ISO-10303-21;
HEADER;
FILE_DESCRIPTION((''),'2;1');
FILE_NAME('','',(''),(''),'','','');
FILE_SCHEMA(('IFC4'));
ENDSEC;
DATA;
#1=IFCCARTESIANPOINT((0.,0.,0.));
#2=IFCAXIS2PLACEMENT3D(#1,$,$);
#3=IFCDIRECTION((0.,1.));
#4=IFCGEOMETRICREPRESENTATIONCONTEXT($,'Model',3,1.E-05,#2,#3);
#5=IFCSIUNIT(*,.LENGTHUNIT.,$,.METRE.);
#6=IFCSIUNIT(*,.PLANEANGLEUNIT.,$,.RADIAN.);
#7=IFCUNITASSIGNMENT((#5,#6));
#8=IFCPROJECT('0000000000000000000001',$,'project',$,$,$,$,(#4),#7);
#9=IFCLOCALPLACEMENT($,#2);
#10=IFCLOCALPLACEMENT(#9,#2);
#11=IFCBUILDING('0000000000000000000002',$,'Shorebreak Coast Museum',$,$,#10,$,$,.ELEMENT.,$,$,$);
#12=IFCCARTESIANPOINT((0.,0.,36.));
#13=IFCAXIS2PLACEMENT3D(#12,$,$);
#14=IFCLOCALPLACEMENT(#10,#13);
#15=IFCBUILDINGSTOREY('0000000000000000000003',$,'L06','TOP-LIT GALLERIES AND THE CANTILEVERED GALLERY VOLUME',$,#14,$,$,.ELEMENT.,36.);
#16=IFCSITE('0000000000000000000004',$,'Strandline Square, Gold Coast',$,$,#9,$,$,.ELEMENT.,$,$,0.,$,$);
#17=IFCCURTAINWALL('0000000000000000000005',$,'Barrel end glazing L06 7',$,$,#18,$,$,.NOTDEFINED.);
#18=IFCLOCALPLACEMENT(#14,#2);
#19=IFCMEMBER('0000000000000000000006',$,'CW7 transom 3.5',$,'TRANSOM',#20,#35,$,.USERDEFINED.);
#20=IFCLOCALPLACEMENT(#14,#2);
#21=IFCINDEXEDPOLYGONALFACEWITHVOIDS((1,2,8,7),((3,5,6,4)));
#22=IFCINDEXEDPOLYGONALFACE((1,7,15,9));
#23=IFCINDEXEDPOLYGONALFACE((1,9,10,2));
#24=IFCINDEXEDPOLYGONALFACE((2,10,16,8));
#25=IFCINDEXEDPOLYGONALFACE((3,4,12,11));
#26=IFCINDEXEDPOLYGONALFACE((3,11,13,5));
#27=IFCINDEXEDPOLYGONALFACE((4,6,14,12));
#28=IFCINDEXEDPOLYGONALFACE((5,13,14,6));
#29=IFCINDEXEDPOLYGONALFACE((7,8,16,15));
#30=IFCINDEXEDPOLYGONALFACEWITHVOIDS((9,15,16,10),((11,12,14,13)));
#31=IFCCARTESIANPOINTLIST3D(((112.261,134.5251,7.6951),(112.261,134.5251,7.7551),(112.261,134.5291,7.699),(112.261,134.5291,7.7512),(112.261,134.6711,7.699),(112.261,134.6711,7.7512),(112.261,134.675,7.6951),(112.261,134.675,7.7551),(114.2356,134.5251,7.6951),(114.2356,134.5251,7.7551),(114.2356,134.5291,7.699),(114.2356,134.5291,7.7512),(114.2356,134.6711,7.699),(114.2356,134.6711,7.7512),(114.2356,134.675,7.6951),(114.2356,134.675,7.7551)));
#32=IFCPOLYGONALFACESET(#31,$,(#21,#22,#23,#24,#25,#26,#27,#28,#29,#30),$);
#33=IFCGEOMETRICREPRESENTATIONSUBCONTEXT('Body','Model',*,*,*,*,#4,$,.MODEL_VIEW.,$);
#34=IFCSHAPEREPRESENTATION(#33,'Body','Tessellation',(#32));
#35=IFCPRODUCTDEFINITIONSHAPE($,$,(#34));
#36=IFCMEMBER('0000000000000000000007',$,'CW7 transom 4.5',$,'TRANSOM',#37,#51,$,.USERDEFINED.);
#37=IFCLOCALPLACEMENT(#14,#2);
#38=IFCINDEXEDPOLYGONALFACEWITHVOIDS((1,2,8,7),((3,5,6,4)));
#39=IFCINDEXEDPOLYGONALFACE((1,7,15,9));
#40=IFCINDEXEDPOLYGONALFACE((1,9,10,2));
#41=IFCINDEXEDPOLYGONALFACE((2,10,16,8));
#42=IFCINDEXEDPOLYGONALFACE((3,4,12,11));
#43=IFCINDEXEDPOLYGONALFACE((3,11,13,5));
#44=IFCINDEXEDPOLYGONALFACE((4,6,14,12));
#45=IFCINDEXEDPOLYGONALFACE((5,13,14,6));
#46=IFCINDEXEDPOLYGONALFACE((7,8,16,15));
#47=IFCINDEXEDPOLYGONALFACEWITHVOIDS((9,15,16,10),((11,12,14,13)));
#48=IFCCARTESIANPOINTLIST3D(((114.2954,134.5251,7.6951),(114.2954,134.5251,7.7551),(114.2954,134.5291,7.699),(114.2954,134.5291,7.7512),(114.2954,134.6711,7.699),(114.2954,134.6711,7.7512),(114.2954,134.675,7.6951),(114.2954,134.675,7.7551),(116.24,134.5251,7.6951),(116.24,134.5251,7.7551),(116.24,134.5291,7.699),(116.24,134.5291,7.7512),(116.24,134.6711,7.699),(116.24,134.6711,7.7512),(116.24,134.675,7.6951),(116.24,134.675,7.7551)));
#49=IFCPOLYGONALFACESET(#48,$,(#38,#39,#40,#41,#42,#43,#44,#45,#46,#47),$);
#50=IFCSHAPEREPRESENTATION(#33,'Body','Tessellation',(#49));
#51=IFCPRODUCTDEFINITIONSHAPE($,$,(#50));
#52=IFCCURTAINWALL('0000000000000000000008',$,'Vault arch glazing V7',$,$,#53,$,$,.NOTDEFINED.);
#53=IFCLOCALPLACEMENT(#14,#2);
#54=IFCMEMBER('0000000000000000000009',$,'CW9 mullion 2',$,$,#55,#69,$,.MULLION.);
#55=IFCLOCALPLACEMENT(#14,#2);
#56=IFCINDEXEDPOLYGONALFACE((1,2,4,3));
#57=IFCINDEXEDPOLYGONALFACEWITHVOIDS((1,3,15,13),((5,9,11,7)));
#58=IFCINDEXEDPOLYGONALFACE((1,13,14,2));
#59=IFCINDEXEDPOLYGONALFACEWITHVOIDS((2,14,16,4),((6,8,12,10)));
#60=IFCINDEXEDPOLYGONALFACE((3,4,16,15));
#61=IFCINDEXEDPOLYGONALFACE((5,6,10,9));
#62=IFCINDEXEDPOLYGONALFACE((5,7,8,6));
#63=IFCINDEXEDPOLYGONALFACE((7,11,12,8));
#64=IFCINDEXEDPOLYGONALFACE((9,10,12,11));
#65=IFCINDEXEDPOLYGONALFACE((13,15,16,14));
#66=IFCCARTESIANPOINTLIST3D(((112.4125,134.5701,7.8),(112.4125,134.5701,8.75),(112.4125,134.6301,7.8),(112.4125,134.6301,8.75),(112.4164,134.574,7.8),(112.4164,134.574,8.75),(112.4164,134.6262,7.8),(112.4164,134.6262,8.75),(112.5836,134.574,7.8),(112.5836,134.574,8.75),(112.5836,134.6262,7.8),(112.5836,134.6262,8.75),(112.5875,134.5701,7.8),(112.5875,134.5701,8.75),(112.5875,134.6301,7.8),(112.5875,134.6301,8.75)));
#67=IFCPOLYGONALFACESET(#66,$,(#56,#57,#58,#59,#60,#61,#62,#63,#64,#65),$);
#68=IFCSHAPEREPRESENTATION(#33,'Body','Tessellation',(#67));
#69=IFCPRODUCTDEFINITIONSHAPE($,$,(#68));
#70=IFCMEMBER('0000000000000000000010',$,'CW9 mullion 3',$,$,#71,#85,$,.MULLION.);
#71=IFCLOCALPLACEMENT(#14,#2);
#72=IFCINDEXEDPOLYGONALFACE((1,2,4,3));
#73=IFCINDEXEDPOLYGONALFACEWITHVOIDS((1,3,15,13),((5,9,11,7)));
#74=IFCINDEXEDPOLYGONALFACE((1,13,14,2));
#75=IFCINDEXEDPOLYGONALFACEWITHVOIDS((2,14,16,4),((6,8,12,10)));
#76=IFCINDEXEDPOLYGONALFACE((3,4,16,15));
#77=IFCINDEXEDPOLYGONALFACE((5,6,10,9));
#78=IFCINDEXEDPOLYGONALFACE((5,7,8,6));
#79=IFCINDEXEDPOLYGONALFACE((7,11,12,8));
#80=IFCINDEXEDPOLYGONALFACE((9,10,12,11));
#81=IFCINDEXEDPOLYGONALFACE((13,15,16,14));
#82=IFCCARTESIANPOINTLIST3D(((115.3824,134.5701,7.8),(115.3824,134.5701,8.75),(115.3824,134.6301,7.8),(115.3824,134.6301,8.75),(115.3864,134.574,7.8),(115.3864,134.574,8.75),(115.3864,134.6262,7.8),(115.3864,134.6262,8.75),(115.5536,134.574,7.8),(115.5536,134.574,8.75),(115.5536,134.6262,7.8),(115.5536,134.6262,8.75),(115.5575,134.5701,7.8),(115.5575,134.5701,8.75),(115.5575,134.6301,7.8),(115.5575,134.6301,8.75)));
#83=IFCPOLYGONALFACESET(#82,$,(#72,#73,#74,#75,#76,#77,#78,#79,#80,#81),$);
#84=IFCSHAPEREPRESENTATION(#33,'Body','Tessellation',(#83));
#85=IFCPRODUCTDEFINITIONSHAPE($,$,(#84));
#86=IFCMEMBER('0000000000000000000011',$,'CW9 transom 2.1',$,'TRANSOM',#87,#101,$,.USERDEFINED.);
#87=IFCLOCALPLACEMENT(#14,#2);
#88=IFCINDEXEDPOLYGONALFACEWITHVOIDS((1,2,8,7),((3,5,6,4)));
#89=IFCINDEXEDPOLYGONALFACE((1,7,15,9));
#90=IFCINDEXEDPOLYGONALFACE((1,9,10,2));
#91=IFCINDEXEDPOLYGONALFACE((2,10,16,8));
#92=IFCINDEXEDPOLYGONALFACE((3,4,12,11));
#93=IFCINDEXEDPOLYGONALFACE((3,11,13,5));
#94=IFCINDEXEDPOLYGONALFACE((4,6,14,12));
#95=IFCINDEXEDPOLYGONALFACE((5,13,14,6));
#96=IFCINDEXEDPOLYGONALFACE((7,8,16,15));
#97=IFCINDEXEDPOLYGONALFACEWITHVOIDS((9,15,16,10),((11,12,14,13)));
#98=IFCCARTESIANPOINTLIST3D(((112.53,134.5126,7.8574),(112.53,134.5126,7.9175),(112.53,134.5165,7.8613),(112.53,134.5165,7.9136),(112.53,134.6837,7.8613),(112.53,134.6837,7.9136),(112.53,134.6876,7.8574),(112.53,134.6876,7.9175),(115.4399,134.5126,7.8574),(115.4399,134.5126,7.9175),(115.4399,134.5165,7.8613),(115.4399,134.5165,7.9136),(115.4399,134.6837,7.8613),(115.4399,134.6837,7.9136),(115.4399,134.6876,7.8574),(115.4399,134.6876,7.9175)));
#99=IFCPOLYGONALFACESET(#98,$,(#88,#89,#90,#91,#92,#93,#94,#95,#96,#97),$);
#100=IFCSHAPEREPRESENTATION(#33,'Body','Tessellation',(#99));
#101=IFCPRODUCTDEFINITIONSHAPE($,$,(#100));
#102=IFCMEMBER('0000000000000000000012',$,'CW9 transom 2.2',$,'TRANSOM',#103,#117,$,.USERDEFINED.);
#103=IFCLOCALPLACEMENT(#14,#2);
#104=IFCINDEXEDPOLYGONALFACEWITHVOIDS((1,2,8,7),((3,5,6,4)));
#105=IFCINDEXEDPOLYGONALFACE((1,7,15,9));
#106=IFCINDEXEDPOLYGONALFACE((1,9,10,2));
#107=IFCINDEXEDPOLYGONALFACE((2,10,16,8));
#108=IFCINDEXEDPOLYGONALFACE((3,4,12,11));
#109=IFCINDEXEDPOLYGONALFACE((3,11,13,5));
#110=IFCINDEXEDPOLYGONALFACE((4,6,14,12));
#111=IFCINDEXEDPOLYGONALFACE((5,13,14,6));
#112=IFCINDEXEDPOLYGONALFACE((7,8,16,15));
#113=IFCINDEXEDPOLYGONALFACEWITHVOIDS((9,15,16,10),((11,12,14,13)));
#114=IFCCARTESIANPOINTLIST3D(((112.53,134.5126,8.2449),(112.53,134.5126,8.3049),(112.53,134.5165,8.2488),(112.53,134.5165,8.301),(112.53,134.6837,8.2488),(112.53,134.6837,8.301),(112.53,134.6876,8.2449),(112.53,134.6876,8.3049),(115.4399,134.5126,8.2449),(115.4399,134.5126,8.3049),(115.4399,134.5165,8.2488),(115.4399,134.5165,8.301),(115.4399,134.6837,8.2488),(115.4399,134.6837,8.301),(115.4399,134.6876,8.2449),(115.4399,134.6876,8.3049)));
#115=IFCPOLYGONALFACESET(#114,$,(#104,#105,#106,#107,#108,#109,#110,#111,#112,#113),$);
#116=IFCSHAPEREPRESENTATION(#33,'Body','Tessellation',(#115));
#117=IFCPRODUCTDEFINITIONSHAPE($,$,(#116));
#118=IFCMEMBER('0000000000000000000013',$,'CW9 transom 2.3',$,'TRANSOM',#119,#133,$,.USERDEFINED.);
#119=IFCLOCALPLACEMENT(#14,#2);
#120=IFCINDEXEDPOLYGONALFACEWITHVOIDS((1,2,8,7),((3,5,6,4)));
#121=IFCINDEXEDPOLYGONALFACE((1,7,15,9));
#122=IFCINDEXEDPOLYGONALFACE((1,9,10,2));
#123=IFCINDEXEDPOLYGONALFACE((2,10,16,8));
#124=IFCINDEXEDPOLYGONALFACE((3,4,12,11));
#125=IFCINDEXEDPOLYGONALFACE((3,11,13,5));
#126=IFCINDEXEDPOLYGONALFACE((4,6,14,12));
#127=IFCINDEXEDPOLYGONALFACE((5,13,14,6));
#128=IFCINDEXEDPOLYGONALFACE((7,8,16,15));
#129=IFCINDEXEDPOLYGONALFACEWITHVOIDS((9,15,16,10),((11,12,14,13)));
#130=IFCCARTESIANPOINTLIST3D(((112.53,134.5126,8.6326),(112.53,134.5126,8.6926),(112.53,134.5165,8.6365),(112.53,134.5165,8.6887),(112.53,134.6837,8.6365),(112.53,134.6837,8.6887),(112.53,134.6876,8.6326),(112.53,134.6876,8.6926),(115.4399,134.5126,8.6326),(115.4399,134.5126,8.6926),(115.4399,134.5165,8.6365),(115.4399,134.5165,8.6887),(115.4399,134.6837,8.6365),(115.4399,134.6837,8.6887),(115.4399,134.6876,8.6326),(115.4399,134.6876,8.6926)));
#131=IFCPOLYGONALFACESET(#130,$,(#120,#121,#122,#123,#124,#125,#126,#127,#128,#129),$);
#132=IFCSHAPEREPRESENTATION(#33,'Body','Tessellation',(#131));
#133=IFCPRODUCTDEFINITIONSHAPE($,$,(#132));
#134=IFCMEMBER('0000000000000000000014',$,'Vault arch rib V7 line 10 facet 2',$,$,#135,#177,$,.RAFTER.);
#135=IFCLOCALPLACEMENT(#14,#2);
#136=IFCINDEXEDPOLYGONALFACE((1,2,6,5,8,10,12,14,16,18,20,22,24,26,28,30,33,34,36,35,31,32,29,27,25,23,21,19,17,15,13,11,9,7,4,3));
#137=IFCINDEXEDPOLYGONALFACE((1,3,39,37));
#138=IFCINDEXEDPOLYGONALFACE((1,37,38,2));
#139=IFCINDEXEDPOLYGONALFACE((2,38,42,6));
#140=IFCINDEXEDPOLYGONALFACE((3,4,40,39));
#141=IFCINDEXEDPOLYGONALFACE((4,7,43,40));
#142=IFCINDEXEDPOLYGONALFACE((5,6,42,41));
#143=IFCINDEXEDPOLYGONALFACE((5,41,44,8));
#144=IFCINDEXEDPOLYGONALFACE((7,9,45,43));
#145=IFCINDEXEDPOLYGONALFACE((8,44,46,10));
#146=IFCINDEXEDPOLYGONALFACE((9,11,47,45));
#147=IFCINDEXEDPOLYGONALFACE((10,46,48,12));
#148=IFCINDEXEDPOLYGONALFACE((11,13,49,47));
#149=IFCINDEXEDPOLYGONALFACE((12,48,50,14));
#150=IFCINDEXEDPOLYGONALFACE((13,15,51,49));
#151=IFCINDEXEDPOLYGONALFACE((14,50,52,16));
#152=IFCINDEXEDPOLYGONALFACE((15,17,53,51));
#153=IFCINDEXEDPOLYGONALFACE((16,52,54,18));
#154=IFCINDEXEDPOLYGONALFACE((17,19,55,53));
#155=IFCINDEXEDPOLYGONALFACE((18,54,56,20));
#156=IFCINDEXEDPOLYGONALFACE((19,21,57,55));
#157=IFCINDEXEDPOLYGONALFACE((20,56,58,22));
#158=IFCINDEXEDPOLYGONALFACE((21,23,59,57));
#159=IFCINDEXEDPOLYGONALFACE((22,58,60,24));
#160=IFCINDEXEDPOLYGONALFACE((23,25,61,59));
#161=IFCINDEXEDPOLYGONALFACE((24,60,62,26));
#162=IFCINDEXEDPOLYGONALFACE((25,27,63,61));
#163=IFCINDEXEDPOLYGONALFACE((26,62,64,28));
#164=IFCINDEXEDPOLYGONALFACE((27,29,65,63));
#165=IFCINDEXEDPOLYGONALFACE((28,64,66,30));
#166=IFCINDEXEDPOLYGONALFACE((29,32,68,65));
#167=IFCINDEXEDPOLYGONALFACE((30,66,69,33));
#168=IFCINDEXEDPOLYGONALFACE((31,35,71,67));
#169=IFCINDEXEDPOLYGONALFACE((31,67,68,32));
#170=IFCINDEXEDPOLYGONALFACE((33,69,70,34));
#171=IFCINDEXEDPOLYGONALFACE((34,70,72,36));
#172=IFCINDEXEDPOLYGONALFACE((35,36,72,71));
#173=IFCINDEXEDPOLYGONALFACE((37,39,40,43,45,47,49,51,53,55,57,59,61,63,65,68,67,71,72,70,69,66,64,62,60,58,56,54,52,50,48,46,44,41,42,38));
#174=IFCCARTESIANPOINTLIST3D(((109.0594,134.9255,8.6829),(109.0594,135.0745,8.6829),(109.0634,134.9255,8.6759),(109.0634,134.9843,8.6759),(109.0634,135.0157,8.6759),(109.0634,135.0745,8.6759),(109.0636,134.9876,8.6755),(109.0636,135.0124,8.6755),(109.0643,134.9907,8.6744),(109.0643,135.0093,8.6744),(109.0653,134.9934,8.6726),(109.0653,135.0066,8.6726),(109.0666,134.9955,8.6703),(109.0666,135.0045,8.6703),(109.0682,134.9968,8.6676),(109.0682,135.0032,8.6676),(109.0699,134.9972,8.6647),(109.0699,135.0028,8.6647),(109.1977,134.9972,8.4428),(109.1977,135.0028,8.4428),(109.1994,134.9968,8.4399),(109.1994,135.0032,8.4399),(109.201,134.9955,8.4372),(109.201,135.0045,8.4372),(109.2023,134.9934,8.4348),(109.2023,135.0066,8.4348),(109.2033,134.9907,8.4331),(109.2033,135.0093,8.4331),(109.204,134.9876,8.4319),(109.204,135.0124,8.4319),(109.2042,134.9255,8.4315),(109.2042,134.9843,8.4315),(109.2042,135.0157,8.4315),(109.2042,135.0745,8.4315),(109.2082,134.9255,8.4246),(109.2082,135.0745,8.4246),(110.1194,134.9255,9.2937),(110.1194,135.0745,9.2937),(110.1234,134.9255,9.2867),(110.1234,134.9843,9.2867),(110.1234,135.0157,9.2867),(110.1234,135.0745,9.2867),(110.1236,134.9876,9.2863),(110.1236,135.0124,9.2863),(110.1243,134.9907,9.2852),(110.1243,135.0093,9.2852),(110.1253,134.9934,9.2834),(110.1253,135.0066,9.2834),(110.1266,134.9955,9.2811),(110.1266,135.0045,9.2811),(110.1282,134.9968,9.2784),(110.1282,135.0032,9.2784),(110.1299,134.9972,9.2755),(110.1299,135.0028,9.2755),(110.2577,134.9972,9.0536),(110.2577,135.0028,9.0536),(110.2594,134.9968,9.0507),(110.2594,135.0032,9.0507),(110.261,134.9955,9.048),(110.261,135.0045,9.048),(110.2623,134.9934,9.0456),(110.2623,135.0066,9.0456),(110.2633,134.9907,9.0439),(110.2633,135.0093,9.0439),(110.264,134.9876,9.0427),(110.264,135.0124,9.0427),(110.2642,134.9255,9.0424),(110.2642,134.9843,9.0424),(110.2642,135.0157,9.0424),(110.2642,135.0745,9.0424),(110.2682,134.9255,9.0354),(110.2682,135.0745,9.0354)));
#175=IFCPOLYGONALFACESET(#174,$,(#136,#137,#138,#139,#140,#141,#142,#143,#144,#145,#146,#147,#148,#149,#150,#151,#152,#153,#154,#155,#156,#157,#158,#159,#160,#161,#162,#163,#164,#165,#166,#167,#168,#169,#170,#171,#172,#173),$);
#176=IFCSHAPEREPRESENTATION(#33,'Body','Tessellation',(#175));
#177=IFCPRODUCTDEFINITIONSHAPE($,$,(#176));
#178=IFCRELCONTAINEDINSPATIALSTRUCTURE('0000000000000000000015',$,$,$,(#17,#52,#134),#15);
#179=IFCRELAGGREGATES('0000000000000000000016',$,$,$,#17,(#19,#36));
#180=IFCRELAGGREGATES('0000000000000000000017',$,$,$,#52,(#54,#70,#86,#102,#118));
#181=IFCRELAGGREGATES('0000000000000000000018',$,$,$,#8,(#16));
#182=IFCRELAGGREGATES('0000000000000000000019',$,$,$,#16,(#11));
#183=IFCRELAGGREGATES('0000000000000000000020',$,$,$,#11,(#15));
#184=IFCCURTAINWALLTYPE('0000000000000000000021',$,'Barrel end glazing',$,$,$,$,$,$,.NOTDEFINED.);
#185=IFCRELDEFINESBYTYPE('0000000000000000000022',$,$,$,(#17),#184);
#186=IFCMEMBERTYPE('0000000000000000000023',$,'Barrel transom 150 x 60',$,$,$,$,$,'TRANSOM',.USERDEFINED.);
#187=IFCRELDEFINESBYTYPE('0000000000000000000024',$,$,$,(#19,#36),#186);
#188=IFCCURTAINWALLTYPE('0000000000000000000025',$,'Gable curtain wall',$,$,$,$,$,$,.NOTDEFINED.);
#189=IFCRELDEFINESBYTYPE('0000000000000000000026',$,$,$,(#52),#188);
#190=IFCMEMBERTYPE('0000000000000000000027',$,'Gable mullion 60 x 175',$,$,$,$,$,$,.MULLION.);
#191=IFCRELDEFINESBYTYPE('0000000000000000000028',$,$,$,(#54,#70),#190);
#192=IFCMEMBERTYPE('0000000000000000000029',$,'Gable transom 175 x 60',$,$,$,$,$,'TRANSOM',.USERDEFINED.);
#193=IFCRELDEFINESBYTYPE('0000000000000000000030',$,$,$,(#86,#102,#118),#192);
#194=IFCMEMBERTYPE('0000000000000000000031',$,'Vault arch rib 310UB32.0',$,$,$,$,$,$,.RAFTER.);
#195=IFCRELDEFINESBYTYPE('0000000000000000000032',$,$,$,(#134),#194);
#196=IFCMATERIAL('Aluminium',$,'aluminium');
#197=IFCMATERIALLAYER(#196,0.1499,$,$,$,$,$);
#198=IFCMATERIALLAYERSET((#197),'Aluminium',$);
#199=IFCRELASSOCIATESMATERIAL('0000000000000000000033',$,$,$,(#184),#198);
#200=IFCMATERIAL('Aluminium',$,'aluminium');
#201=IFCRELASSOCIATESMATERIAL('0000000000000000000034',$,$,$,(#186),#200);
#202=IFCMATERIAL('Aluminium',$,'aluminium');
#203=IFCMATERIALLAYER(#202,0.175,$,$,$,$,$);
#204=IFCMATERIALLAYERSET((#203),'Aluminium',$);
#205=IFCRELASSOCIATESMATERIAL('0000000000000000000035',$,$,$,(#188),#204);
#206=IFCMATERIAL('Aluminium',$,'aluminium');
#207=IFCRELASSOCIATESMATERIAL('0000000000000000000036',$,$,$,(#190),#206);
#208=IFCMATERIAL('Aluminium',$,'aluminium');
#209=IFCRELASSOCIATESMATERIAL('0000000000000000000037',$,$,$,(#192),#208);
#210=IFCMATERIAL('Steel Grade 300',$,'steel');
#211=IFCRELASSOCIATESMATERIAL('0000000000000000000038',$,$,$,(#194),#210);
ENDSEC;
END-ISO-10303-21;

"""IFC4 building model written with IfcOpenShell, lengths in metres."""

from ifc_helpers import new_model, si_unit, direction, frame, origin, origin_2d, place, context, subcontext, project, spatial, hollow_rectangle, i_section, extrude, material, layer, layer_set, material_profile, profile_set, type_object, element, aggregate, save


model = new_model("IFC4")

# Units and contexts
model_context = context("Model", 3, precision=1e-05, world=origin(), true_north=direction((0.0, 1.0)))
body_context = subcontext(model_context, "Body", "Model", "MODEL_VIEW")
ifc_project = project(units=[si_unit("LENGTHUNIT", "METRE"), si_unit("PLANEANGLEUNIT", "RADIAN")], contexts=[model_context])

# Site, building, storey
site_placement = place(None, origin())
site = spatial("IfcSite", under=ifc_project, at=site_placement, Name="Strandline Square, Gold Coast", CompositionType="ELEMENT", RefElevation=0.0)
building_placement = place(site_placement, origin())
building = spatial("IfcBuilding", under=site, at=building_placement, Name="Shorebreak Coast Museum", CompositionType="ELEMENT")
storey_placement = place(building_placement, frame((0.0, 0.0, 36.0)))
storey = spatial("IfcBuildingStorey", under=building, at=storey_placement, Name="L06", Description="TOP-LIT GALLERIES AND THE CANTILEVERED GALLERY VOLUME", CompositionType="ELEMENT", Elevation=36.0)

# Curtain walls, members
ifc_material_1 = material(Name="Aluminium", Category="aluminium")
ifc_layer_1 = layer(ifc_material_1, 0.1499)
ifc_layer_set_1 = layer_set([ifc_layer_1], Name="Aluminium")
curtain_wall_type_1 = type_object("IfcCurtainWallType", Name="Barrel end glazing", PredefinedType="NOTDEFINED", material=ifc_layer_set_1)
curtain_wall_1_placement = place(storey_placement, origin())
curtain_wall_1 = element("IfcCurtainWall", 1, at=curtain_wall_1_placement, inside=storey, type_object=curtain_wall_type_1, Name="Barrel end glazing L06 7", PredefinedType="NOTDEFINED")
ifc_material_2 = material(Name="Aluminium", Category="aluminium")
ifc_material_profile_1 = material_profile(ifc_material_2, hollow_rectangle(XDim=0.1499, YDim=0.0601, WallThickness=0.0039, at=origin_2d()), Name="AL 60x150 RHS")
ifc_profile_set_1 = profile_set([ifc_material_profile_1], Name="Aluminium")
member_type_1 = type_object("IfcMemberType", Name="Barrel transom 150 x 60", ElementType="TRANSOM", PredefinedType="USERDEFINED", material=ifc_profile_set_1)
member_1_placement = place(storey_placement, frame((112.261, 134.6001, 7.7251), z_axis=(1.0, 0.0, 0.0), x_axis=(0.0, 1.0, 0.0)))
member_1 = element("IfcMember", 2, at=member_1_placement, type_object=member_type_1, Name="CW7 transom 3.5", ObjectType="TRANSOM", PredefinedType="USERDEFINED", context=body_context, shape_type="SweptSolid", body=[
    extrude(hollow_rectangle(XDim=0.1499, YDim=0.0601, WallThickness=0.0039, at=origin_2d()), origin(), (0.0, 0.0, 1.0), 1.9746),
])
member_2_placement = place(storey_placement, frame((114.2954, 134.6001, 7.7251), z_axis=(1.0, 0.0, 0.0), x_axis=(0.0, 1.0, 0.0)))
member_2 = element("IfcMember", 3, at=member_2_placement, type_object=member_type_1, Name="CW7 transom 4.5", ObjectType="TRANSOM", PredefinedType="USERDEFINED", context=body_context, shape_type="SweptSolid", body=[
    extrude(hollow_rectangle(XDim=0.1499, YDim=0.0601, WallThickness=0.0039, at=origin_2d()), origin(), (0.0, 0.0, 1.0), 1.9446),
])
ifc_material_3 = material(Name="Aluminium", Category="aluminium")
ifc_layer_2 = layer(ifc_material_3, 0.175)
ifc_layer_set_2 = layer_set([ifc_layer_2], Name="Aluminium")
curtain_wall_type_2 = type_object("IfcCurtainWallType", Name="Gable curtain wall", PredefinedType="NOTDEFINED", material=ifc_layer_set_2)
curtain_wall_2_placement = place(storey_placement, origin())
curtain_wall_2 = element("IfcCurtainWall", 4, at=curtain_wall_2_placement, inside=storey, type_object=curtain_wall_type_2, Name="Vault arch glazing V7", PredefinedType="NOTDEFINED")
ifc_material_4 = material(Name="Aluminium", Category="aluminium")
ifc_material_profile_2 = material_profile(ifc_material_4, hollow_rectangle(XDim=0.0601, YDim=0.175, WallThickness=0.0039, at=origin_2d()), Name="AL 175x60 RHS")
ifc_profile_set_2 = profile_set([ifc_material_profile_2], Name="Aluminium")
member_type_2 = type_object("IfcMemberType", Name="Gable mullion 60 x 175", PredefinedType="MULLION", material=ifc_profile_set_2)
member_3_placement = place(storey_placement, frame((112.5, 134.6001, 7.8), z_axis=(0.0, 0.0, 1.0), x_axis=(0.0, 1.0, 0.0)))
member_3 = element("IfcMember", 5, at=member_3_placement, type_object=member_type_2, Name="CW9 mullion 2", PredefinedType="MULLION", context=body_context, shape_type="SweptSolid", body=[
    extrude(hollow_rectangle(XDim=0.0601, YDim=0.175, WallThickness=0.0039, at=origin_2d()), origin(), (0.0, 0.0, 1.0), 0.95),
])
member_4_placement = place(storey_placement, frame((115.47, 134.6001, 7.8), z_axis=(0.0, 0.0, 1.0), x_axis=(0.0, 1.0, 0.0)))
member_4 = element("IfcMember", 6, at=member_4_placement, type_object=member_type_2, Name="CW9 mullion 3", PredefinedType="MULLION", context=body_context, shape_type="SweptSolid", body=[
    extrude(hollow_rectangle(XDim=0.0601, YDim=0.175, WallThickness=0.0039, at=origin_2d()), origin(), (0.0, 0.0, 1.0), 0.95),
])
ifc_material_5 = material(Name="Aluminium", Category="aluminium")
ifc_material_profile_3 = material_profile(ifc_material_5, hollow_rectangle(XDim=0.175, YDim=0.0601, WallThickness=0.0039, at=origin_2d()), Name="AL 60x175 RHS")
ifc_profile_set_3 = profile_set([ifc_material_profile_3], Name="Aluminium")
member_type_3 = type_object("IfcMemberType", Name="Gable transom 175 x 60", ElementType="TRANSOM", PredefinedType="USERDEFINED", material=ifc_profile_set_3)
member_5_placement = place(storey_placement, frame((112.53, 134.6001, 7.8875), z_axis=(1.0, 0.0, 0.0), x_axis=(0.0, 1.0, 0.0)))
member_5 = element("IfcMember", 7, at=member_5_placement, type_object=member_type_3, Name="CW9 transom 2.1", ObjectType="TRANSOM", PredefinedType="USERDEFINED", context=body_context, shape_type="SweptSolid", body=[
    extrude(hollow_rectangle(XDim=0.175, YDim=0.0601, WallThickness=0.0039, at=origin_2d()), origin(), (0.0, 0.0, 1.0), 2.9099),
])
member_6_placement = place(storey_placement, frame((112.53, 134.6001, 8.2749), z_axis=(1.0, 0.0, 0.0), x_axis=(0.0, 1.0, 0.0)))
member_6 = element("IfcMember", 8, at=member_6_placement, type_object=member_type_3, Name="CW9 transom 2.2", ObjectType="TRANSOM", PredefinedType="USERDEFINED", context=body_context, shape_type="SweptSolid", body=[
    extrude(hollow_rectangle(XDim=0.175, YDim=0.0601, WallThickness=0.0039, at=origin_2d()), origin(), (0.0, 0.0, 1.0), 2.9099),
])
member_7_placement = place(storey_placement, frame((112.53, 134.6001, 8.6626), z_axis=(1.0, 0.0, 0.0), x_axis=(0.0, 1.0, 0.0)))
member_7 = element("IfcMember", 9, at=member_7_placement, type_object=member_type_3, Name="CW9 transom 2.3", ObjectType="TRANSOM", PredefinedType="USERDEFINED", context=body_context, shape_type="SweptSolid", body=[
    extrude(hollow_rectangle(XDim=0.175, YDim=0.0601, WallThickness=0.0039, at=origin_2d()), origin(), (0.0, 0.0, 1.0), 2.9099),
])

# Member
ifc_material_6 = material(Name="Steel Grade 300", Category="steel")
ifc_material_profile_4 = material_profile(ifc_material_6, i_section(OverallWidth=0.1489, OverallDepth=0.2981, WebThickness=0.0056, FlangeThickness=0.0081, FilletRadius=0.0129, at=origin_2d()), Name="310UB32.0")
ifc_profile_set_4 = profile_set([ifc_material_profile_4], Name="Steel Grade 300")
member_type_4 = type_object("IfcMemberType", Name="Vault arch rib 310UB32.0", PredefinedType="RAFTER", material=ifc_profile_set_4)
for number, where, z_axis, x_axis, name in (
    (10, (109.1338, 135.0, 8.5537), (0.866445, 0.0, 0.499273), (0.0, 1.0, 0.0), "Vault arch rib V7 line 10 facet 2"),
):
    element("IfcMember", number, at=place(storey_placement, frame(where, z_axis=z_axis, x_axis=x_axis)), inside=storey, type_object=member_type_4, Name=name, PredefinedType="RAFTER", context=body_context, shape_type="SweptSolid", body=[
        extrude(i_section(OverallWidth=0.1489, OverallDepth=0.2981, WebThickness=0.0056, FlangeThickness=0.0081, FilletRadius=0.0129, at=origin_2d()), origin(), (0.0, 0.0, 1.0), 1.2234),
    ])

aggregate(curtain_wall_1, [member_1, member_2])
aggregate(curtain_wall_2, [member_3, member_4, member_5, member_6, member_7])

save(model, "model.ifc")
